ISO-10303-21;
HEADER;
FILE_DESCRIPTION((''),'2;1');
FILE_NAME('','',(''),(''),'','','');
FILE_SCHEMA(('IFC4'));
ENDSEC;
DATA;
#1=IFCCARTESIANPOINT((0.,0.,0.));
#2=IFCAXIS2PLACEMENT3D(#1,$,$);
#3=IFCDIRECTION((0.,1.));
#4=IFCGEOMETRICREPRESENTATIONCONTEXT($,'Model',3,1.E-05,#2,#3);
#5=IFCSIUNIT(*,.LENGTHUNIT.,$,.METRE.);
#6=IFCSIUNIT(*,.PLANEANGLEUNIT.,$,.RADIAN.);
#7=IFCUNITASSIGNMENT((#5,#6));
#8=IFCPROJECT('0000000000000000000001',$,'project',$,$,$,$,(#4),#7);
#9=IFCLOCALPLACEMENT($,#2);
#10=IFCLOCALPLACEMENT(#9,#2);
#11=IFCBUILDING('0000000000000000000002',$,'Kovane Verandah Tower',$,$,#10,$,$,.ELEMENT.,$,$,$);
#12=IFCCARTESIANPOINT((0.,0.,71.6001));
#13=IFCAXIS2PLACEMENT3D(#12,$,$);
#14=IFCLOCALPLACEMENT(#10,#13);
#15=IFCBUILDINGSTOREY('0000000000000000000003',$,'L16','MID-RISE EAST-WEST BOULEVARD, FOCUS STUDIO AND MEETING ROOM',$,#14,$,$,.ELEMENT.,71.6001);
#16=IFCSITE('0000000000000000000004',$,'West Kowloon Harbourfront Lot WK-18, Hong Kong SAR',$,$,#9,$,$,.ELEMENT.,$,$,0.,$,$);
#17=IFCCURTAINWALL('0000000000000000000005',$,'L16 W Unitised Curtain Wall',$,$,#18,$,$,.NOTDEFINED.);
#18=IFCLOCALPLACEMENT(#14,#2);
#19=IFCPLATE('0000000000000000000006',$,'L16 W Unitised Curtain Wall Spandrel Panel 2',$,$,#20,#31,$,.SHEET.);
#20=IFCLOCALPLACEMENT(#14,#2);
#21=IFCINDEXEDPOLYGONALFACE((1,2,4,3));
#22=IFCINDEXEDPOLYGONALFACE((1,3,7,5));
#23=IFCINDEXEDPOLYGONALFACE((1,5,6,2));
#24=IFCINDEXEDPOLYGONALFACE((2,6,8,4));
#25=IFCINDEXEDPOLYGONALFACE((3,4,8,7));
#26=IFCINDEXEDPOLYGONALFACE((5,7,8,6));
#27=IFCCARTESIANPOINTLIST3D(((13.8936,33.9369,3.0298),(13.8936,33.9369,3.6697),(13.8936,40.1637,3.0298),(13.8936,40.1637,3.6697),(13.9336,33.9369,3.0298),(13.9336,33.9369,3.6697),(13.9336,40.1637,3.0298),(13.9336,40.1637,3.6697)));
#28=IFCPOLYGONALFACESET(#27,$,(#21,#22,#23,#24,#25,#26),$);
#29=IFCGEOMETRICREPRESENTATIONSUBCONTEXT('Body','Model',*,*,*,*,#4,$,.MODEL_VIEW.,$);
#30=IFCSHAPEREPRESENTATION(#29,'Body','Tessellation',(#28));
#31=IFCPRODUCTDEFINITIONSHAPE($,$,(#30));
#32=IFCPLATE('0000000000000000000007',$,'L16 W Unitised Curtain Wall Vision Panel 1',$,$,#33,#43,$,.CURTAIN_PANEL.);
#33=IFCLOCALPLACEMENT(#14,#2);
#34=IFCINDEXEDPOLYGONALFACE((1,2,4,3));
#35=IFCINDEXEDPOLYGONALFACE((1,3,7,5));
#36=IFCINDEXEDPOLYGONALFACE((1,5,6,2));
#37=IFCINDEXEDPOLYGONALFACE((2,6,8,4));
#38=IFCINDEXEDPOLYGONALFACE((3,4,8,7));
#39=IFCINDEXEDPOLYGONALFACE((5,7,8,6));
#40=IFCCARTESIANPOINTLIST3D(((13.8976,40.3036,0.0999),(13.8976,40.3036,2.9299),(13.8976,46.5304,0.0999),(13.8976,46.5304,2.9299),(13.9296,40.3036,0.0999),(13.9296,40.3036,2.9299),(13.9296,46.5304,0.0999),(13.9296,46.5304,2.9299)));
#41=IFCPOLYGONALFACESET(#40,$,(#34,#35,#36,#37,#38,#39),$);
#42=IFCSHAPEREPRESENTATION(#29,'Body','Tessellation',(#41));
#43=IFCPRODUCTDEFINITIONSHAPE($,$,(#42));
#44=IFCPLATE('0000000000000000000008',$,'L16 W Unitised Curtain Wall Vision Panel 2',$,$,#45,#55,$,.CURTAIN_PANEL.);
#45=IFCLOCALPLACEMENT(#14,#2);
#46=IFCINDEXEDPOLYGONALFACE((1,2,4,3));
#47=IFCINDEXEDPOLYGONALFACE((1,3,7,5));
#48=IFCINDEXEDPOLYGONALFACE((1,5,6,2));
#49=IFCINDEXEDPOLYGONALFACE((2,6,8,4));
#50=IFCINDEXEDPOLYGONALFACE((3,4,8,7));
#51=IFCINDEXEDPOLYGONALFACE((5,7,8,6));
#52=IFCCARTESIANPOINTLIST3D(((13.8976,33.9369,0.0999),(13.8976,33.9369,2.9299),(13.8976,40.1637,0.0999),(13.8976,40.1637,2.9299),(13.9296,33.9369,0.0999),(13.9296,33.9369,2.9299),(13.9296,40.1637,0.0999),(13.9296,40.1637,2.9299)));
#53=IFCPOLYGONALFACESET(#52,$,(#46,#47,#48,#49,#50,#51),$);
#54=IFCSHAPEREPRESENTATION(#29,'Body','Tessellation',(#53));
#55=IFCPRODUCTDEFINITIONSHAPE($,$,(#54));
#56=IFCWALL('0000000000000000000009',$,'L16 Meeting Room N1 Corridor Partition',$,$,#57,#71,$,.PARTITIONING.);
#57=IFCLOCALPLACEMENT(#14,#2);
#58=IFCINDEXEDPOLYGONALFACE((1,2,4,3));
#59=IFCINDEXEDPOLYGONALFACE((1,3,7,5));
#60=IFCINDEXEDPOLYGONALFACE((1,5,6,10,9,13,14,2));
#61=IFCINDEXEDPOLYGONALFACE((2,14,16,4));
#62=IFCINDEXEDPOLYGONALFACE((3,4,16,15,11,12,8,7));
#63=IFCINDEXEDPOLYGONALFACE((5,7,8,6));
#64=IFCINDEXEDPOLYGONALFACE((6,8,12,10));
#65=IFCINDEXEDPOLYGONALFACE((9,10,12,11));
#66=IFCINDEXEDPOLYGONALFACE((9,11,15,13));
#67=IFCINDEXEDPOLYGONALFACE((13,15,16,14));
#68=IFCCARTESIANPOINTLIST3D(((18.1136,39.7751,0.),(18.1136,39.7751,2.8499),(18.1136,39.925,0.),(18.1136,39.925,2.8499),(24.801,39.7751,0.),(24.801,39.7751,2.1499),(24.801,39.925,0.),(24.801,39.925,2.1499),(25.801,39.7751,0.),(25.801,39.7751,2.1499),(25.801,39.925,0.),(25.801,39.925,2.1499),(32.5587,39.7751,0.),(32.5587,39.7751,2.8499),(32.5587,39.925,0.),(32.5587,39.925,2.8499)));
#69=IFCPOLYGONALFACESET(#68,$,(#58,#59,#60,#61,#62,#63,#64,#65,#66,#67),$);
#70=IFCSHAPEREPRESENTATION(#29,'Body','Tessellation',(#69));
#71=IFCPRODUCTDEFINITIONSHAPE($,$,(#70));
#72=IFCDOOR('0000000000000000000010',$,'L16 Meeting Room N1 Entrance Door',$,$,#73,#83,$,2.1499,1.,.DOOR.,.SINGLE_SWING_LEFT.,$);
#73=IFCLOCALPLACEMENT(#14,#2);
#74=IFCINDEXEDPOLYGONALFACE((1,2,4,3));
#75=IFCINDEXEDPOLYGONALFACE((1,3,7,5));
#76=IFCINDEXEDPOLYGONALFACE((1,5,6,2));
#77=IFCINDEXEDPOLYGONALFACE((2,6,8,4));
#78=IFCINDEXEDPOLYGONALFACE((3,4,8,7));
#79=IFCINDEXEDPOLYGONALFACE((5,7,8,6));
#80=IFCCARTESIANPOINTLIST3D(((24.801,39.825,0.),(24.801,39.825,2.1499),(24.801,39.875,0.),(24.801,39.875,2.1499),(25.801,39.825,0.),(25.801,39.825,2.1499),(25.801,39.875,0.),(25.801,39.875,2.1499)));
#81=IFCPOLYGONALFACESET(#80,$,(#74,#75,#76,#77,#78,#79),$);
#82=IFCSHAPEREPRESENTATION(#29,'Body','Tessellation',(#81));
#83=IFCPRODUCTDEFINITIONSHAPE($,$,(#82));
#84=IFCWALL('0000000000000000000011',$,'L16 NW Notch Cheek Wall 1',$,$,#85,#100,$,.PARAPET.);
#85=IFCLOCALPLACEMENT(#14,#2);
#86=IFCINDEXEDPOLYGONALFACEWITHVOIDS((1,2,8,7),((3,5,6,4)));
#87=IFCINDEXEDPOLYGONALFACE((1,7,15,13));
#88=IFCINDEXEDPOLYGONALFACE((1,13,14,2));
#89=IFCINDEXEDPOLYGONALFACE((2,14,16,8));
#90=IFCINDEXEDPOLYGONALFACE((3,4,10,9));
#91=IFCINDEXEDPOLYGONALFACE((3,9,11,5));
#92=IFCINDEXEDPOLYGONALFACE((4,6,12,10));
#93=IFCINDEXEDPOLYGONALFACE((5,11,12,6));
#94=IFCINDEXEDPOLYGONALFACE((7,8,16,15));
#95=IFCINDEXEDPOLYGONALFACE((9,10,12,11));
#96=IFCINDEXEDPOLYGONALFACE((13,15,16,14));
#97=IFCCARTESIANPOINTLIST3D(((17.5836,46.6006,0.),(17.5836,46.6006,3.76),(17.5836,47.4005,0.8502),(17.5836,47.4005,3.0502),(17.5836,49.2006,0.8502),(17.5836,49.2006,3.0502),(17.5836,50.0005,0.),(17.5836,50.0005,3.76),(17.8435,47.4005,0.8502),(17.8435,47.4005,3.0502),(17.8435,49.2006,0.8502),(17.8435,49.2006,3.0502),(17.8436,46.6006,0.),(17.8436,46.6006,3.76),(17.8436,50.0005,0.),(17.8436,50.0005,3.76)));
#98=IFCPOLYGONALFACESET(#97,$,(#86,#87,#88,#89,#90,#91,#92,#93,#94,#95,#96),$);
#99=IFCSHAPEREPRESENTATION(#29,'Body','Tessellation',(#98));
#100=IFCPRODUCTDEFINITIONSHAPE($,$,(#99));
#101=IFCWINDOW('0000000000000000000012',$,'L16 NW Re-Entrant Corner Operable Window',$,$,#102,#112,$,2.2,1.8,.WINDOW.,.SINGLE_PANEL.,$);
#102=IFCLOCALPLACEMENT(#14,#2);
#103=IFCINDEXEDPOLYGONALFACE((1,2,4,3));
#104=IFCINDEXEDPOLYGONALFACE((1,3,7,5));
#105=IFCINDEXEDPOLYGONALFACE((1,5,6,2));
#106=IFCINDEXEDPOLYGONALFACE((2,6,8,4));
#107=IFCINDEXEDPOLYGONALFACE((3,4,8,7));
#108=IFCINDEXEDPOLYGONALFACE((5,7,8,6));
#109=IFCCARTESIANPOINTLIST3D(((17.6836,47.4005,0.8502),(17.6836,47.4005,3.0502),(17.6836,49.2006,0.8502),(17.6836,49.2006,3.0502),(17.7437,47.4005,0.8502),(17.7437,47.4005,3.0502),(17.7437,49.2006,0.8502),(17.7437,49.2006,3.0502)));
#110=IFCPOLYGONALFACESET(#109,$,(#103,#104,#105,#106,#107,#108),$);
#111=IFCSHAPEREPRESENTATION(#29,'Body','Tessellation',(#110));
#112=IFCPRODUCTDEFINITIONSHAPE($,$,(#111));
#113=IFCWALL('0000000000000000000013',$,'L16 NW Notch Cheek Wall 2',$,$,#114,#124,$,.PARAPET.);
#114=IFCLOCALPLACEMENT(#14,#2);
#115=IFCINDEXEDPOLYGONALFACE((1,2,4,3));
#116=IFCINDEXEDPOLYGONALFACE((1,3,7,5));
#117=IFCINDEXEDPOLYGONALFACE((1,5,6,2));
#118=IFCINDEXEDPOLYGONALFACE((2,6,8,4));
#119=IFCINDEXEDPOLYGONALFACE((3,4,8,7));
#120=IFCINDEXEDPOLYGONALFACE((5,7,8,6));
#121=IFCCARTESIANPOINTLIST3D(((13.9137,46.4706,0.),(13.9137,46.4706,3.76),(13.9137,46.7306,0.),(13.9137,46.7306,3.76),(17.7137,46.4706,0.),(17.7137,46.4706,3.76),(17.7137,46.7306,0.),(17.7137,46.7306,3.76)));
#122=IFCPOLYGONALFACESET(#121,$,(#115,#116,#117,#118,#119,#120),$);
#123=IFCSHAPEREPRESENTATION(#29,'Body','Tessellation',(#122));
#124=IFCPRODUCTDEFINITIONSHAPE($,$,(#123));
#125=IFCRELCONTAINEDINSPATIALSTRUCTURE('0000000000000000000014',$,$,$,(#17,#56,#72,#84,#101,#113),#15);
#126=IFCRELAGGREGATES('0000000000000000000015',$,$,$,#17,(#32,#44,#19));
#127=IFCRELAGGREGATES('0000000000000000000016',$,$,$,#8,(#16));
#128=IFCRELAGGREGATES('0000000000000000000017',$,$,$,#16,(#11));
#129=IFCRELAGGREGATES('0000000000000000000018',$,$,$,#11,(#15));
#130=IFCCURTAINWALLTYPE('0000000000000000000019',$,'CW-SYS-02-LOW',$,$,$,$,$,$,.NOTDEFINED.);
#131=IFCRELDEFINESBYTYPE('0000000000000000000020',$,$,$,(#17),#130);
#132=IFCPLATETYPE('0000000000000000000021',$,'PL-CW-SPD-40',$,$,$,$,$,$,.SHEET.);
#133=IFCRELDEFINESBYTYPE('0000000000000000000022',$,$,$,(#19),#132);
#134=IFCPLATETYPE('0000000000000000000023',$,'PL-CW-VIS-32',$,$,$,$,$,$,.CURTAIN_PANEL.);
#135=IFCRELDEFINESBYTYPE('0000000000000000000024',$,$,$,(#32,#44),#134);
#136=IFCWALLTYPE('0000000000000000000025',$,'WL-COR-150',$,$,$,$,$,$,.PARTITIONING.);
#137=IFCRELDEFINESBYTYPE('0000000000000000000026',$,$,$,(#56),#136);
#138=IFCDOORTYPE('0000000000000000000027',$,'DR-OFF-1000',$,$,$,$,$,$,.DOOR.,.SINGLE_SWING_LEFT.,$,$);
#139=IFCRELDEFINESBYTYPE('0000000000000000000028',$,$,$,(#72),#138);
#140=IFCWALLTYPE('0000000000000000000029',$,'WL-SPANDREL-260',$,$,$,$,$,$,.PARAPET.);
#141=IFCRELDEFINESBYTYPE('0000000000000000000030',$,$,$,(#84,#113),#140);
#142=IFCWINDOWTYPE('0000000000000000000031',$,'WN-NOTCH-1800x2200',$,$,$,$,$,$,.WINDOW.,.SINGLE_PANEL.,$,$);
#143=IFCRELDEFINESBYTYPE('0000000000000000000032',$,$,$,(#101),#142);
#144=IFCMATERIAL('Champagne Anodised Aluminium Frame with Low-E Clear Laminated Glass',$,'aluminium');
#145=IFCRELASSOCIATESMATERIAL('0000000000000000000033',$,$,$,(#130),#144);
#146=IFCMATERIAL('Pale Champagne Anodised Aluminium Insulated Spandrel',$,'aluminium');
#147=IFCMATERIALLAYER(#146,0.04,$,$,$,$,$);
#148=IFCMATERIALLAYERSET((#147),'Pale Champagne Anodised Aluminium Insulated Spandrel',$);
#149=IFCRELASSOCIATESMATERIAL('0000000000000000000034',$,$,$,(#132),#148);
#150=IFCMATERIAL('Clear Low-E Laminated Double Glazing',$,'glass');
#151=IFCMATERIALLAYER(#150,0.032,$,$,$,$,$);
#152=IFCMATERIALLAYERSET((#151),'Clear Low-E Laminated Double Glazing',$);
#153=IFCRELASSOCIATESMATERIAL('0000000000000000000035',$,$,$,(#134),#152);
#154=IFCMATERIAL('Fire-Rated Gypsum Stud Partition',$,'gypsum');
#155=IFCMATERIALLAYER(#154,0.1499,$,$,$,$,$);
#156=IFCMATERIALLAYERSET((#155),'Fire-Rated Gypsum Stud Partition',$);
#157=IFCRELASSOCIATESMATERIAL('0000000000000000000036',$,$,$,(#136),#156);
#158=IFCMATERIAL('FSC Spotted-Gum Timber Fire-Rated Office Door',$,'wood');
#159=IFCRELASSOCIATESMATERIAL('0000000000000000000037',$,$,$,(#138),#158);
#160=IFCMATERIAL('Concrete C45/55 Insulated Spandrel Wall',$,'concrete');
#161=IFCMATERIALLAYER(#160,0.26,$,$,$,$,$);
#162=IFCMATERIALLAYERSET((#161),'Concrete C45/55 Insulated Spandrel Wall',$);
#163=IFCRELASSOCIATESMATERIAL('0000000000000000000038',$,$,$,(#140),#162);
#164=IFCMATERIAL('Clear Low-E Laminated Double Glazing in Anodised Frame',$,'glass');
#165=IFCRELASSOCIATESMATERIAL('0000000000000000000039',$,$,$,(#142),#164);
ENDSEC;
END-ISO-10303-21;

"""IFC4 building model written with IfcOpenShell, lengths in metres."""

from ifc_helpers import new_model, si_unit, direction, frame, frame_2d, origin, origin_2d, place, context, subcontext, project, spatial, rectangle, extrude, material, layer, layer_set, type_object, element, fill, aggregate, save


model = new_model("IFC4")

# Units and contexts
model_context = context("Model", 3, precision=1e-05, world=origin(), true_north=direction((0.0, 1.0)))
body_context = subcontext(model_context, "Body", "Model", "MODEL_VIEW")
ifc_project = project(units=[si_unit("LENGTHUNIT", "METRE"), si_unit("PLANEANGLEUNIT", "RADIAN")], contexts=[model_context])

# Site, building, storey
site_placement = place(None, origin())
site = spatial("IfcSite", under=ifc_project, at=site_placement, Name="West Kowloon Harbourfront Lot WK-18, Hong Kong SAR", CompositionType="ELEMENT", RefElevation=0.0)
building_placement = place(site_placement, origin())
building = spatial("IfcBuilding", under=site, at=building_placement, Name="Kovane Verandah Tower", CompositionType="ELEMENT")
storey_placement = place(building_placement, frame((0.0, 0.0, 71.6001)))
storey = spatial("IfcBuildingStorey", under=building, at=storey_placement, Name="L16", Description="MID-RISE EAST-WEST BOULEVARD, FOCUS STUDIO AND MEETING ROOM", CompositionType="ELEMENT", Elevation=71.6001)

# Curtain wall
ifc_material_1 = material(Name="Champagne Anodised Aluminium Frame with Low-E Clear Laminated Glass", Category="aluminium")
curtain_wall_type = type_object("IfcCurtainWallType", Name="CW-SYS-02-LOW", PredefinedType="NOTDEFINED", material=ifc_material_1)
curtain_wall_placement = place(storey_placement, origin())
curtain_wall = element("IfcCurtainWall", 1, at=curtain_wall_placement, inside=storey, type_object=curtain_wall_type, Name="L16 W Unitised Curtain Wall", PredefinedType="NOTDEFINED")

# Plates
ifc_material_2 = material(Name="Pale Champagne Anodised Aluminium Insulated Spandrel", Category="aluminium")
ifc_layer_1 = layer(ifc_material_2, 0.04)
ifc_layer_set_1 = layer_set([ifc_layer_1], Name="Pale Champagne Anodised Aluminium Insulated Spandrel")
plate_type_1 = type_object("IfcPlateType", Name="PL-CW-SPD-40", PredefinedType="SHEET", material=ifc_layer_set_1)
plate_1_placement = place(storey_placement, frame((13.9136, 37.0503, 3.0298), z_axis=(0.0, 0.0, 1.0), x_axis=(0.0, -1.0, 0.0)))
plate_1 = element("IfcPlate", 2, at=plate_1_placement, type_object=plate_type_1, Name="L16 W Unitised Curtain Wall Spandrel Panel 2", PredefinedType="SHEET", context=body_context, shape_type="SweptSolid", body=[
    extrude(rectangle(XDim=6.2268, YDim=0.04, at=origin_2d()), origin(), (0.0, 0.0, 1.0), 0.6399),
])
ifc_material_3 = material(Name="Clear Low-E Laminated Double Glazing", Category="glass")
ifc_layer_2 = layer(ifc_material_3, 0.032)
ifc_layer_set_2 = layer_set([ifc_layer_2], Name="Clear Low-E Laminated Double Glazing")
plate_type_2 = type_object("IfcPlateType", Name="PL-CW-VIS-32", PredefinedType="CURTAIN_PANEL", material=ifc_layer_set_2)
plate_2_placement = place(storey_placement, frame((13.9136, 43.417, 0.0999), z_axis=(0.0, 0.0, 1.0), x_axis=(0.0, -1.0, 0.0)))
plate_2 = element("IfcPlate", 3, at=plate_2_placement, type_object=plate_type_2, Name="L16 W Unitised Curtain Wall Vision Panel 1", PredefinedType="CURTAIN_PANEL", context=body_context, shape_type="SweptSolid", body=[
    extrude(rectangle(XDim=6.2268, YDim=0.032, at=origin_2d()), origin(), (0.0, 0.0, 1.0), 2.8301),
])
plate_3_placement = place(storey_placement, frame((13.9136, 37.0503, 0.0999), z_axis=(0.0, 0.0, 1.0), x_axis=(0.0, -1.0, 0.0)))
plate_3 = element("IfcPlate", 4, at=plate_3_placement, type_object=plate_type_2, Name="L16 W Unitised Curtain Wall Vision Panel 2", PredefinedType="CURTAIN_PANEL", context=body_context, shape_type="SweptSolid", body=[
    extrude(rectangle(XDim=6.2268, YDim=0.032, at=origin_2d()), origin(), (0.0, 0.0, 1.0), 2.8301),
])
aggregate(curtain_wall, [plate_2, plate_3, plate_1])

# Wall, opening, door
ifc_material_4 = material(Name="Fire-Rated Gypsum Stud Partition", Category="gypsum")
ifc_layer_3 = layer(ifc_material_4, 0.1499)
ifc_layer_set_3 = layer_set([ifc_layer_3], Name="Fire-Rated Gypsum Stud Partition")
wall_type_1 = type_object("IfcWallType", Name="WL-COR-150", PredefinedType="PARTITIONING", material=ifc_layer_set_3)
wall_1_placement = place(storey_placement, frame((18.1135, 39.8501, 0.0), z_axis=(0.0, 0.0, 1.0), x_axis=(1.0, 0.0, 0.0)))
wall_1 = element("IfcWall", 5, at=wall_1_placement, inside=storey, type_object=wall_type_1, Name="L16 Meeting Room N1 Corridor Partition", PredefinedType="PARTITIONING", context=body_context, shape_type="SweptSolid", body=[
    extrude(rectangle(XDim=14.4451, YDim=0.1499, at=frame_2d((7.2227, 0.0))), origin(), (0.0, 0.0, 1.0), 2.8499),
])
opening_1_placement = place(wall_1_placement, frame((6.6875, 0.0, 0.0)))
opening_1 = element("IfcOpeningElement", 6, at=opening_1_placement, cuts=wall_1, PredefinedType="OPENING", context=body_context, shape_type="SweptSolid", body=[
    extrude(rectangle(XDim=1.0, YDim=2.1499, at=frame_2d((0.5, 1.075))), frame((0.0, 0.075, 0.0), z_axis=(0.0, -1.0, 0.0), x_axis=(1.0, 0.0, 0.0)), (0.0, 0.0, 1.0), 0.1499),
])
ifc_material_5 = material(Name="FSC Spotted-Gum Timber Fire-Rated Office Door", Category="wood")
door_type = type_object("IfcDoorType", Name="DR-OFF-1000", OperationType="SINGLE_SWING_LEFT", PredefinedType="DOOR", material=ifc_material_5)
door_placement = place(opening_1_placement, origin())
door = element("IfcDoor", 7, at=door_placement, inside=storey, type_object=door_type, Name="L16 Meeting Room N1 Entrance Door", OperationType="SINGLE_SWING_LEFT", OverallHeight=2.1499, OverallWidth=1.0, PredefinedType="DOOR", context=body_context, shape_type="SweptSolid", body=[
    extrude(rectangle(XDim=1.0, YDim=2.1499, at=frame_2d((0.5, 1.075))), frame((0.0, 0.0249, 0.0), z_axis=(0.0, -1.0, 0.0), x_axis=(1.0, 0.0, 0.0)), (0.0, 0.0, 1.0), 0.05),
])
fill(opening_1, door)

# Wall, opening, window
ifc_material_6 = material(Name="Concrete C45/55 Insulated Spandrel Wall", Category="concrete")
ifc_layer_4 = layer(ifc_material_6, 0.26)
ifc_layer_set_4 = layer_set([ifc_layer_4], Name="Concrete C45/55 Insulated Spandrel Wall")
wall_type_2 = type_object("IfcWallType", Name="WL-SPANDREL-260", PredefinedType="PARAPET", material=ifc_layer_set_4)
wall_2_placement = place(storey_placement, frame((17.7136, 50.0005, 0.0), z_axis=(0.0, 0.0, 1.0), x_axis=(0.0, -1.0, 0.0)))
wall_2 = element("IfcWall", 8, at=wall_2_placement, inside=storey, type_object=wall_type_2, Name="L16 NW Notch Cheek Wall 1", PredefinedType="PARAPET", context=body_context, shape_type="SweptSolid", body=[
    extrude(rectangle(XDim=3.3999, YDim=0.26, at=frame_2d((1.7, 0.0))), origin(), (0.0, 0.0, 1.0), 3.76),
])
opening_2_placement = place(wall_2_placement, frame((0.8, 0.0, 0.8501)))
opening_2 = element("IfcOpeningElement", 9, at=opening_2_placement, cuts=wall_2, PredefinedType="OPENING", context=body_context, shape_type="SweptSolid", body=[
    extrude(rectangle(XDim=1.8, YDim=2.2, at=frame_2d((0.8999, 1.1001))), frame((0.0, 0.1299, 0.0), z_axis=(0.0, -1.0, 0.0), x_axis=(1.0, 0.0, 0.0)), (0.0, 0.0, 1.0), 0.26),
])
ifc_material_7 = material(Name="Clear Low-E Laminated Double Glazing in Anodised Frame", Category="glass")
window_type = type_object("IfcWindowType", Name="WN-NOTCH-1800x2200", PartitioningType="SINGLE_PANEL", PredefinedType="WINDOW", material=ifc_material_7)
window_placement = place(opening_2_placement, origin())
window = element("IfcWindow", 10, at=window_placement, inside=storey, type_object=window_type, Name="L16 NW Re-Entrant Corner Operable Window", OverallHeight=2.2, OverallWidth=1.8, PartitioningType="SINGLE_PANEL", PredefinedType="WINDOW", context=body_context, shape_type="SweptSolid", body=[
    extrude(rectangle(XDim=1.8, YDim=2.2, at=frame_2d((0.8999, 1.1001))), frame((0.0, 0.03, 0.0), z_axis=(0.0, -1.0, 0.0), x_axis=(1.0, 0.0, 0.0)), (0.0, 0.0, 1.0), 0.0601),
])
fill(opening_2, window)

# Wall
wall_3_placement = place(storey_placement, frame((17.7136, 46.6006, 0.0), z_axis=(0.0, 0.0, 1.0), x_axis=(-1.0, 0.0, 0.0)))
element("IfcWall", 11, at=wall_3_placement, inside=storey, type_object=wall_type_2, Name="L16 NW Notch Cheek Wall 2", PredefinedType="PARAPET", context=body_context, shape_type="SweptSolid", body=[
    extrude(rectangle(XDim=3.8, YDim=0.26, at=frame_2d((1.8999, 0.0))), origin(), (0.0, 0.0, 1.0), 3.76),
])

save(model, "model.ifc")
